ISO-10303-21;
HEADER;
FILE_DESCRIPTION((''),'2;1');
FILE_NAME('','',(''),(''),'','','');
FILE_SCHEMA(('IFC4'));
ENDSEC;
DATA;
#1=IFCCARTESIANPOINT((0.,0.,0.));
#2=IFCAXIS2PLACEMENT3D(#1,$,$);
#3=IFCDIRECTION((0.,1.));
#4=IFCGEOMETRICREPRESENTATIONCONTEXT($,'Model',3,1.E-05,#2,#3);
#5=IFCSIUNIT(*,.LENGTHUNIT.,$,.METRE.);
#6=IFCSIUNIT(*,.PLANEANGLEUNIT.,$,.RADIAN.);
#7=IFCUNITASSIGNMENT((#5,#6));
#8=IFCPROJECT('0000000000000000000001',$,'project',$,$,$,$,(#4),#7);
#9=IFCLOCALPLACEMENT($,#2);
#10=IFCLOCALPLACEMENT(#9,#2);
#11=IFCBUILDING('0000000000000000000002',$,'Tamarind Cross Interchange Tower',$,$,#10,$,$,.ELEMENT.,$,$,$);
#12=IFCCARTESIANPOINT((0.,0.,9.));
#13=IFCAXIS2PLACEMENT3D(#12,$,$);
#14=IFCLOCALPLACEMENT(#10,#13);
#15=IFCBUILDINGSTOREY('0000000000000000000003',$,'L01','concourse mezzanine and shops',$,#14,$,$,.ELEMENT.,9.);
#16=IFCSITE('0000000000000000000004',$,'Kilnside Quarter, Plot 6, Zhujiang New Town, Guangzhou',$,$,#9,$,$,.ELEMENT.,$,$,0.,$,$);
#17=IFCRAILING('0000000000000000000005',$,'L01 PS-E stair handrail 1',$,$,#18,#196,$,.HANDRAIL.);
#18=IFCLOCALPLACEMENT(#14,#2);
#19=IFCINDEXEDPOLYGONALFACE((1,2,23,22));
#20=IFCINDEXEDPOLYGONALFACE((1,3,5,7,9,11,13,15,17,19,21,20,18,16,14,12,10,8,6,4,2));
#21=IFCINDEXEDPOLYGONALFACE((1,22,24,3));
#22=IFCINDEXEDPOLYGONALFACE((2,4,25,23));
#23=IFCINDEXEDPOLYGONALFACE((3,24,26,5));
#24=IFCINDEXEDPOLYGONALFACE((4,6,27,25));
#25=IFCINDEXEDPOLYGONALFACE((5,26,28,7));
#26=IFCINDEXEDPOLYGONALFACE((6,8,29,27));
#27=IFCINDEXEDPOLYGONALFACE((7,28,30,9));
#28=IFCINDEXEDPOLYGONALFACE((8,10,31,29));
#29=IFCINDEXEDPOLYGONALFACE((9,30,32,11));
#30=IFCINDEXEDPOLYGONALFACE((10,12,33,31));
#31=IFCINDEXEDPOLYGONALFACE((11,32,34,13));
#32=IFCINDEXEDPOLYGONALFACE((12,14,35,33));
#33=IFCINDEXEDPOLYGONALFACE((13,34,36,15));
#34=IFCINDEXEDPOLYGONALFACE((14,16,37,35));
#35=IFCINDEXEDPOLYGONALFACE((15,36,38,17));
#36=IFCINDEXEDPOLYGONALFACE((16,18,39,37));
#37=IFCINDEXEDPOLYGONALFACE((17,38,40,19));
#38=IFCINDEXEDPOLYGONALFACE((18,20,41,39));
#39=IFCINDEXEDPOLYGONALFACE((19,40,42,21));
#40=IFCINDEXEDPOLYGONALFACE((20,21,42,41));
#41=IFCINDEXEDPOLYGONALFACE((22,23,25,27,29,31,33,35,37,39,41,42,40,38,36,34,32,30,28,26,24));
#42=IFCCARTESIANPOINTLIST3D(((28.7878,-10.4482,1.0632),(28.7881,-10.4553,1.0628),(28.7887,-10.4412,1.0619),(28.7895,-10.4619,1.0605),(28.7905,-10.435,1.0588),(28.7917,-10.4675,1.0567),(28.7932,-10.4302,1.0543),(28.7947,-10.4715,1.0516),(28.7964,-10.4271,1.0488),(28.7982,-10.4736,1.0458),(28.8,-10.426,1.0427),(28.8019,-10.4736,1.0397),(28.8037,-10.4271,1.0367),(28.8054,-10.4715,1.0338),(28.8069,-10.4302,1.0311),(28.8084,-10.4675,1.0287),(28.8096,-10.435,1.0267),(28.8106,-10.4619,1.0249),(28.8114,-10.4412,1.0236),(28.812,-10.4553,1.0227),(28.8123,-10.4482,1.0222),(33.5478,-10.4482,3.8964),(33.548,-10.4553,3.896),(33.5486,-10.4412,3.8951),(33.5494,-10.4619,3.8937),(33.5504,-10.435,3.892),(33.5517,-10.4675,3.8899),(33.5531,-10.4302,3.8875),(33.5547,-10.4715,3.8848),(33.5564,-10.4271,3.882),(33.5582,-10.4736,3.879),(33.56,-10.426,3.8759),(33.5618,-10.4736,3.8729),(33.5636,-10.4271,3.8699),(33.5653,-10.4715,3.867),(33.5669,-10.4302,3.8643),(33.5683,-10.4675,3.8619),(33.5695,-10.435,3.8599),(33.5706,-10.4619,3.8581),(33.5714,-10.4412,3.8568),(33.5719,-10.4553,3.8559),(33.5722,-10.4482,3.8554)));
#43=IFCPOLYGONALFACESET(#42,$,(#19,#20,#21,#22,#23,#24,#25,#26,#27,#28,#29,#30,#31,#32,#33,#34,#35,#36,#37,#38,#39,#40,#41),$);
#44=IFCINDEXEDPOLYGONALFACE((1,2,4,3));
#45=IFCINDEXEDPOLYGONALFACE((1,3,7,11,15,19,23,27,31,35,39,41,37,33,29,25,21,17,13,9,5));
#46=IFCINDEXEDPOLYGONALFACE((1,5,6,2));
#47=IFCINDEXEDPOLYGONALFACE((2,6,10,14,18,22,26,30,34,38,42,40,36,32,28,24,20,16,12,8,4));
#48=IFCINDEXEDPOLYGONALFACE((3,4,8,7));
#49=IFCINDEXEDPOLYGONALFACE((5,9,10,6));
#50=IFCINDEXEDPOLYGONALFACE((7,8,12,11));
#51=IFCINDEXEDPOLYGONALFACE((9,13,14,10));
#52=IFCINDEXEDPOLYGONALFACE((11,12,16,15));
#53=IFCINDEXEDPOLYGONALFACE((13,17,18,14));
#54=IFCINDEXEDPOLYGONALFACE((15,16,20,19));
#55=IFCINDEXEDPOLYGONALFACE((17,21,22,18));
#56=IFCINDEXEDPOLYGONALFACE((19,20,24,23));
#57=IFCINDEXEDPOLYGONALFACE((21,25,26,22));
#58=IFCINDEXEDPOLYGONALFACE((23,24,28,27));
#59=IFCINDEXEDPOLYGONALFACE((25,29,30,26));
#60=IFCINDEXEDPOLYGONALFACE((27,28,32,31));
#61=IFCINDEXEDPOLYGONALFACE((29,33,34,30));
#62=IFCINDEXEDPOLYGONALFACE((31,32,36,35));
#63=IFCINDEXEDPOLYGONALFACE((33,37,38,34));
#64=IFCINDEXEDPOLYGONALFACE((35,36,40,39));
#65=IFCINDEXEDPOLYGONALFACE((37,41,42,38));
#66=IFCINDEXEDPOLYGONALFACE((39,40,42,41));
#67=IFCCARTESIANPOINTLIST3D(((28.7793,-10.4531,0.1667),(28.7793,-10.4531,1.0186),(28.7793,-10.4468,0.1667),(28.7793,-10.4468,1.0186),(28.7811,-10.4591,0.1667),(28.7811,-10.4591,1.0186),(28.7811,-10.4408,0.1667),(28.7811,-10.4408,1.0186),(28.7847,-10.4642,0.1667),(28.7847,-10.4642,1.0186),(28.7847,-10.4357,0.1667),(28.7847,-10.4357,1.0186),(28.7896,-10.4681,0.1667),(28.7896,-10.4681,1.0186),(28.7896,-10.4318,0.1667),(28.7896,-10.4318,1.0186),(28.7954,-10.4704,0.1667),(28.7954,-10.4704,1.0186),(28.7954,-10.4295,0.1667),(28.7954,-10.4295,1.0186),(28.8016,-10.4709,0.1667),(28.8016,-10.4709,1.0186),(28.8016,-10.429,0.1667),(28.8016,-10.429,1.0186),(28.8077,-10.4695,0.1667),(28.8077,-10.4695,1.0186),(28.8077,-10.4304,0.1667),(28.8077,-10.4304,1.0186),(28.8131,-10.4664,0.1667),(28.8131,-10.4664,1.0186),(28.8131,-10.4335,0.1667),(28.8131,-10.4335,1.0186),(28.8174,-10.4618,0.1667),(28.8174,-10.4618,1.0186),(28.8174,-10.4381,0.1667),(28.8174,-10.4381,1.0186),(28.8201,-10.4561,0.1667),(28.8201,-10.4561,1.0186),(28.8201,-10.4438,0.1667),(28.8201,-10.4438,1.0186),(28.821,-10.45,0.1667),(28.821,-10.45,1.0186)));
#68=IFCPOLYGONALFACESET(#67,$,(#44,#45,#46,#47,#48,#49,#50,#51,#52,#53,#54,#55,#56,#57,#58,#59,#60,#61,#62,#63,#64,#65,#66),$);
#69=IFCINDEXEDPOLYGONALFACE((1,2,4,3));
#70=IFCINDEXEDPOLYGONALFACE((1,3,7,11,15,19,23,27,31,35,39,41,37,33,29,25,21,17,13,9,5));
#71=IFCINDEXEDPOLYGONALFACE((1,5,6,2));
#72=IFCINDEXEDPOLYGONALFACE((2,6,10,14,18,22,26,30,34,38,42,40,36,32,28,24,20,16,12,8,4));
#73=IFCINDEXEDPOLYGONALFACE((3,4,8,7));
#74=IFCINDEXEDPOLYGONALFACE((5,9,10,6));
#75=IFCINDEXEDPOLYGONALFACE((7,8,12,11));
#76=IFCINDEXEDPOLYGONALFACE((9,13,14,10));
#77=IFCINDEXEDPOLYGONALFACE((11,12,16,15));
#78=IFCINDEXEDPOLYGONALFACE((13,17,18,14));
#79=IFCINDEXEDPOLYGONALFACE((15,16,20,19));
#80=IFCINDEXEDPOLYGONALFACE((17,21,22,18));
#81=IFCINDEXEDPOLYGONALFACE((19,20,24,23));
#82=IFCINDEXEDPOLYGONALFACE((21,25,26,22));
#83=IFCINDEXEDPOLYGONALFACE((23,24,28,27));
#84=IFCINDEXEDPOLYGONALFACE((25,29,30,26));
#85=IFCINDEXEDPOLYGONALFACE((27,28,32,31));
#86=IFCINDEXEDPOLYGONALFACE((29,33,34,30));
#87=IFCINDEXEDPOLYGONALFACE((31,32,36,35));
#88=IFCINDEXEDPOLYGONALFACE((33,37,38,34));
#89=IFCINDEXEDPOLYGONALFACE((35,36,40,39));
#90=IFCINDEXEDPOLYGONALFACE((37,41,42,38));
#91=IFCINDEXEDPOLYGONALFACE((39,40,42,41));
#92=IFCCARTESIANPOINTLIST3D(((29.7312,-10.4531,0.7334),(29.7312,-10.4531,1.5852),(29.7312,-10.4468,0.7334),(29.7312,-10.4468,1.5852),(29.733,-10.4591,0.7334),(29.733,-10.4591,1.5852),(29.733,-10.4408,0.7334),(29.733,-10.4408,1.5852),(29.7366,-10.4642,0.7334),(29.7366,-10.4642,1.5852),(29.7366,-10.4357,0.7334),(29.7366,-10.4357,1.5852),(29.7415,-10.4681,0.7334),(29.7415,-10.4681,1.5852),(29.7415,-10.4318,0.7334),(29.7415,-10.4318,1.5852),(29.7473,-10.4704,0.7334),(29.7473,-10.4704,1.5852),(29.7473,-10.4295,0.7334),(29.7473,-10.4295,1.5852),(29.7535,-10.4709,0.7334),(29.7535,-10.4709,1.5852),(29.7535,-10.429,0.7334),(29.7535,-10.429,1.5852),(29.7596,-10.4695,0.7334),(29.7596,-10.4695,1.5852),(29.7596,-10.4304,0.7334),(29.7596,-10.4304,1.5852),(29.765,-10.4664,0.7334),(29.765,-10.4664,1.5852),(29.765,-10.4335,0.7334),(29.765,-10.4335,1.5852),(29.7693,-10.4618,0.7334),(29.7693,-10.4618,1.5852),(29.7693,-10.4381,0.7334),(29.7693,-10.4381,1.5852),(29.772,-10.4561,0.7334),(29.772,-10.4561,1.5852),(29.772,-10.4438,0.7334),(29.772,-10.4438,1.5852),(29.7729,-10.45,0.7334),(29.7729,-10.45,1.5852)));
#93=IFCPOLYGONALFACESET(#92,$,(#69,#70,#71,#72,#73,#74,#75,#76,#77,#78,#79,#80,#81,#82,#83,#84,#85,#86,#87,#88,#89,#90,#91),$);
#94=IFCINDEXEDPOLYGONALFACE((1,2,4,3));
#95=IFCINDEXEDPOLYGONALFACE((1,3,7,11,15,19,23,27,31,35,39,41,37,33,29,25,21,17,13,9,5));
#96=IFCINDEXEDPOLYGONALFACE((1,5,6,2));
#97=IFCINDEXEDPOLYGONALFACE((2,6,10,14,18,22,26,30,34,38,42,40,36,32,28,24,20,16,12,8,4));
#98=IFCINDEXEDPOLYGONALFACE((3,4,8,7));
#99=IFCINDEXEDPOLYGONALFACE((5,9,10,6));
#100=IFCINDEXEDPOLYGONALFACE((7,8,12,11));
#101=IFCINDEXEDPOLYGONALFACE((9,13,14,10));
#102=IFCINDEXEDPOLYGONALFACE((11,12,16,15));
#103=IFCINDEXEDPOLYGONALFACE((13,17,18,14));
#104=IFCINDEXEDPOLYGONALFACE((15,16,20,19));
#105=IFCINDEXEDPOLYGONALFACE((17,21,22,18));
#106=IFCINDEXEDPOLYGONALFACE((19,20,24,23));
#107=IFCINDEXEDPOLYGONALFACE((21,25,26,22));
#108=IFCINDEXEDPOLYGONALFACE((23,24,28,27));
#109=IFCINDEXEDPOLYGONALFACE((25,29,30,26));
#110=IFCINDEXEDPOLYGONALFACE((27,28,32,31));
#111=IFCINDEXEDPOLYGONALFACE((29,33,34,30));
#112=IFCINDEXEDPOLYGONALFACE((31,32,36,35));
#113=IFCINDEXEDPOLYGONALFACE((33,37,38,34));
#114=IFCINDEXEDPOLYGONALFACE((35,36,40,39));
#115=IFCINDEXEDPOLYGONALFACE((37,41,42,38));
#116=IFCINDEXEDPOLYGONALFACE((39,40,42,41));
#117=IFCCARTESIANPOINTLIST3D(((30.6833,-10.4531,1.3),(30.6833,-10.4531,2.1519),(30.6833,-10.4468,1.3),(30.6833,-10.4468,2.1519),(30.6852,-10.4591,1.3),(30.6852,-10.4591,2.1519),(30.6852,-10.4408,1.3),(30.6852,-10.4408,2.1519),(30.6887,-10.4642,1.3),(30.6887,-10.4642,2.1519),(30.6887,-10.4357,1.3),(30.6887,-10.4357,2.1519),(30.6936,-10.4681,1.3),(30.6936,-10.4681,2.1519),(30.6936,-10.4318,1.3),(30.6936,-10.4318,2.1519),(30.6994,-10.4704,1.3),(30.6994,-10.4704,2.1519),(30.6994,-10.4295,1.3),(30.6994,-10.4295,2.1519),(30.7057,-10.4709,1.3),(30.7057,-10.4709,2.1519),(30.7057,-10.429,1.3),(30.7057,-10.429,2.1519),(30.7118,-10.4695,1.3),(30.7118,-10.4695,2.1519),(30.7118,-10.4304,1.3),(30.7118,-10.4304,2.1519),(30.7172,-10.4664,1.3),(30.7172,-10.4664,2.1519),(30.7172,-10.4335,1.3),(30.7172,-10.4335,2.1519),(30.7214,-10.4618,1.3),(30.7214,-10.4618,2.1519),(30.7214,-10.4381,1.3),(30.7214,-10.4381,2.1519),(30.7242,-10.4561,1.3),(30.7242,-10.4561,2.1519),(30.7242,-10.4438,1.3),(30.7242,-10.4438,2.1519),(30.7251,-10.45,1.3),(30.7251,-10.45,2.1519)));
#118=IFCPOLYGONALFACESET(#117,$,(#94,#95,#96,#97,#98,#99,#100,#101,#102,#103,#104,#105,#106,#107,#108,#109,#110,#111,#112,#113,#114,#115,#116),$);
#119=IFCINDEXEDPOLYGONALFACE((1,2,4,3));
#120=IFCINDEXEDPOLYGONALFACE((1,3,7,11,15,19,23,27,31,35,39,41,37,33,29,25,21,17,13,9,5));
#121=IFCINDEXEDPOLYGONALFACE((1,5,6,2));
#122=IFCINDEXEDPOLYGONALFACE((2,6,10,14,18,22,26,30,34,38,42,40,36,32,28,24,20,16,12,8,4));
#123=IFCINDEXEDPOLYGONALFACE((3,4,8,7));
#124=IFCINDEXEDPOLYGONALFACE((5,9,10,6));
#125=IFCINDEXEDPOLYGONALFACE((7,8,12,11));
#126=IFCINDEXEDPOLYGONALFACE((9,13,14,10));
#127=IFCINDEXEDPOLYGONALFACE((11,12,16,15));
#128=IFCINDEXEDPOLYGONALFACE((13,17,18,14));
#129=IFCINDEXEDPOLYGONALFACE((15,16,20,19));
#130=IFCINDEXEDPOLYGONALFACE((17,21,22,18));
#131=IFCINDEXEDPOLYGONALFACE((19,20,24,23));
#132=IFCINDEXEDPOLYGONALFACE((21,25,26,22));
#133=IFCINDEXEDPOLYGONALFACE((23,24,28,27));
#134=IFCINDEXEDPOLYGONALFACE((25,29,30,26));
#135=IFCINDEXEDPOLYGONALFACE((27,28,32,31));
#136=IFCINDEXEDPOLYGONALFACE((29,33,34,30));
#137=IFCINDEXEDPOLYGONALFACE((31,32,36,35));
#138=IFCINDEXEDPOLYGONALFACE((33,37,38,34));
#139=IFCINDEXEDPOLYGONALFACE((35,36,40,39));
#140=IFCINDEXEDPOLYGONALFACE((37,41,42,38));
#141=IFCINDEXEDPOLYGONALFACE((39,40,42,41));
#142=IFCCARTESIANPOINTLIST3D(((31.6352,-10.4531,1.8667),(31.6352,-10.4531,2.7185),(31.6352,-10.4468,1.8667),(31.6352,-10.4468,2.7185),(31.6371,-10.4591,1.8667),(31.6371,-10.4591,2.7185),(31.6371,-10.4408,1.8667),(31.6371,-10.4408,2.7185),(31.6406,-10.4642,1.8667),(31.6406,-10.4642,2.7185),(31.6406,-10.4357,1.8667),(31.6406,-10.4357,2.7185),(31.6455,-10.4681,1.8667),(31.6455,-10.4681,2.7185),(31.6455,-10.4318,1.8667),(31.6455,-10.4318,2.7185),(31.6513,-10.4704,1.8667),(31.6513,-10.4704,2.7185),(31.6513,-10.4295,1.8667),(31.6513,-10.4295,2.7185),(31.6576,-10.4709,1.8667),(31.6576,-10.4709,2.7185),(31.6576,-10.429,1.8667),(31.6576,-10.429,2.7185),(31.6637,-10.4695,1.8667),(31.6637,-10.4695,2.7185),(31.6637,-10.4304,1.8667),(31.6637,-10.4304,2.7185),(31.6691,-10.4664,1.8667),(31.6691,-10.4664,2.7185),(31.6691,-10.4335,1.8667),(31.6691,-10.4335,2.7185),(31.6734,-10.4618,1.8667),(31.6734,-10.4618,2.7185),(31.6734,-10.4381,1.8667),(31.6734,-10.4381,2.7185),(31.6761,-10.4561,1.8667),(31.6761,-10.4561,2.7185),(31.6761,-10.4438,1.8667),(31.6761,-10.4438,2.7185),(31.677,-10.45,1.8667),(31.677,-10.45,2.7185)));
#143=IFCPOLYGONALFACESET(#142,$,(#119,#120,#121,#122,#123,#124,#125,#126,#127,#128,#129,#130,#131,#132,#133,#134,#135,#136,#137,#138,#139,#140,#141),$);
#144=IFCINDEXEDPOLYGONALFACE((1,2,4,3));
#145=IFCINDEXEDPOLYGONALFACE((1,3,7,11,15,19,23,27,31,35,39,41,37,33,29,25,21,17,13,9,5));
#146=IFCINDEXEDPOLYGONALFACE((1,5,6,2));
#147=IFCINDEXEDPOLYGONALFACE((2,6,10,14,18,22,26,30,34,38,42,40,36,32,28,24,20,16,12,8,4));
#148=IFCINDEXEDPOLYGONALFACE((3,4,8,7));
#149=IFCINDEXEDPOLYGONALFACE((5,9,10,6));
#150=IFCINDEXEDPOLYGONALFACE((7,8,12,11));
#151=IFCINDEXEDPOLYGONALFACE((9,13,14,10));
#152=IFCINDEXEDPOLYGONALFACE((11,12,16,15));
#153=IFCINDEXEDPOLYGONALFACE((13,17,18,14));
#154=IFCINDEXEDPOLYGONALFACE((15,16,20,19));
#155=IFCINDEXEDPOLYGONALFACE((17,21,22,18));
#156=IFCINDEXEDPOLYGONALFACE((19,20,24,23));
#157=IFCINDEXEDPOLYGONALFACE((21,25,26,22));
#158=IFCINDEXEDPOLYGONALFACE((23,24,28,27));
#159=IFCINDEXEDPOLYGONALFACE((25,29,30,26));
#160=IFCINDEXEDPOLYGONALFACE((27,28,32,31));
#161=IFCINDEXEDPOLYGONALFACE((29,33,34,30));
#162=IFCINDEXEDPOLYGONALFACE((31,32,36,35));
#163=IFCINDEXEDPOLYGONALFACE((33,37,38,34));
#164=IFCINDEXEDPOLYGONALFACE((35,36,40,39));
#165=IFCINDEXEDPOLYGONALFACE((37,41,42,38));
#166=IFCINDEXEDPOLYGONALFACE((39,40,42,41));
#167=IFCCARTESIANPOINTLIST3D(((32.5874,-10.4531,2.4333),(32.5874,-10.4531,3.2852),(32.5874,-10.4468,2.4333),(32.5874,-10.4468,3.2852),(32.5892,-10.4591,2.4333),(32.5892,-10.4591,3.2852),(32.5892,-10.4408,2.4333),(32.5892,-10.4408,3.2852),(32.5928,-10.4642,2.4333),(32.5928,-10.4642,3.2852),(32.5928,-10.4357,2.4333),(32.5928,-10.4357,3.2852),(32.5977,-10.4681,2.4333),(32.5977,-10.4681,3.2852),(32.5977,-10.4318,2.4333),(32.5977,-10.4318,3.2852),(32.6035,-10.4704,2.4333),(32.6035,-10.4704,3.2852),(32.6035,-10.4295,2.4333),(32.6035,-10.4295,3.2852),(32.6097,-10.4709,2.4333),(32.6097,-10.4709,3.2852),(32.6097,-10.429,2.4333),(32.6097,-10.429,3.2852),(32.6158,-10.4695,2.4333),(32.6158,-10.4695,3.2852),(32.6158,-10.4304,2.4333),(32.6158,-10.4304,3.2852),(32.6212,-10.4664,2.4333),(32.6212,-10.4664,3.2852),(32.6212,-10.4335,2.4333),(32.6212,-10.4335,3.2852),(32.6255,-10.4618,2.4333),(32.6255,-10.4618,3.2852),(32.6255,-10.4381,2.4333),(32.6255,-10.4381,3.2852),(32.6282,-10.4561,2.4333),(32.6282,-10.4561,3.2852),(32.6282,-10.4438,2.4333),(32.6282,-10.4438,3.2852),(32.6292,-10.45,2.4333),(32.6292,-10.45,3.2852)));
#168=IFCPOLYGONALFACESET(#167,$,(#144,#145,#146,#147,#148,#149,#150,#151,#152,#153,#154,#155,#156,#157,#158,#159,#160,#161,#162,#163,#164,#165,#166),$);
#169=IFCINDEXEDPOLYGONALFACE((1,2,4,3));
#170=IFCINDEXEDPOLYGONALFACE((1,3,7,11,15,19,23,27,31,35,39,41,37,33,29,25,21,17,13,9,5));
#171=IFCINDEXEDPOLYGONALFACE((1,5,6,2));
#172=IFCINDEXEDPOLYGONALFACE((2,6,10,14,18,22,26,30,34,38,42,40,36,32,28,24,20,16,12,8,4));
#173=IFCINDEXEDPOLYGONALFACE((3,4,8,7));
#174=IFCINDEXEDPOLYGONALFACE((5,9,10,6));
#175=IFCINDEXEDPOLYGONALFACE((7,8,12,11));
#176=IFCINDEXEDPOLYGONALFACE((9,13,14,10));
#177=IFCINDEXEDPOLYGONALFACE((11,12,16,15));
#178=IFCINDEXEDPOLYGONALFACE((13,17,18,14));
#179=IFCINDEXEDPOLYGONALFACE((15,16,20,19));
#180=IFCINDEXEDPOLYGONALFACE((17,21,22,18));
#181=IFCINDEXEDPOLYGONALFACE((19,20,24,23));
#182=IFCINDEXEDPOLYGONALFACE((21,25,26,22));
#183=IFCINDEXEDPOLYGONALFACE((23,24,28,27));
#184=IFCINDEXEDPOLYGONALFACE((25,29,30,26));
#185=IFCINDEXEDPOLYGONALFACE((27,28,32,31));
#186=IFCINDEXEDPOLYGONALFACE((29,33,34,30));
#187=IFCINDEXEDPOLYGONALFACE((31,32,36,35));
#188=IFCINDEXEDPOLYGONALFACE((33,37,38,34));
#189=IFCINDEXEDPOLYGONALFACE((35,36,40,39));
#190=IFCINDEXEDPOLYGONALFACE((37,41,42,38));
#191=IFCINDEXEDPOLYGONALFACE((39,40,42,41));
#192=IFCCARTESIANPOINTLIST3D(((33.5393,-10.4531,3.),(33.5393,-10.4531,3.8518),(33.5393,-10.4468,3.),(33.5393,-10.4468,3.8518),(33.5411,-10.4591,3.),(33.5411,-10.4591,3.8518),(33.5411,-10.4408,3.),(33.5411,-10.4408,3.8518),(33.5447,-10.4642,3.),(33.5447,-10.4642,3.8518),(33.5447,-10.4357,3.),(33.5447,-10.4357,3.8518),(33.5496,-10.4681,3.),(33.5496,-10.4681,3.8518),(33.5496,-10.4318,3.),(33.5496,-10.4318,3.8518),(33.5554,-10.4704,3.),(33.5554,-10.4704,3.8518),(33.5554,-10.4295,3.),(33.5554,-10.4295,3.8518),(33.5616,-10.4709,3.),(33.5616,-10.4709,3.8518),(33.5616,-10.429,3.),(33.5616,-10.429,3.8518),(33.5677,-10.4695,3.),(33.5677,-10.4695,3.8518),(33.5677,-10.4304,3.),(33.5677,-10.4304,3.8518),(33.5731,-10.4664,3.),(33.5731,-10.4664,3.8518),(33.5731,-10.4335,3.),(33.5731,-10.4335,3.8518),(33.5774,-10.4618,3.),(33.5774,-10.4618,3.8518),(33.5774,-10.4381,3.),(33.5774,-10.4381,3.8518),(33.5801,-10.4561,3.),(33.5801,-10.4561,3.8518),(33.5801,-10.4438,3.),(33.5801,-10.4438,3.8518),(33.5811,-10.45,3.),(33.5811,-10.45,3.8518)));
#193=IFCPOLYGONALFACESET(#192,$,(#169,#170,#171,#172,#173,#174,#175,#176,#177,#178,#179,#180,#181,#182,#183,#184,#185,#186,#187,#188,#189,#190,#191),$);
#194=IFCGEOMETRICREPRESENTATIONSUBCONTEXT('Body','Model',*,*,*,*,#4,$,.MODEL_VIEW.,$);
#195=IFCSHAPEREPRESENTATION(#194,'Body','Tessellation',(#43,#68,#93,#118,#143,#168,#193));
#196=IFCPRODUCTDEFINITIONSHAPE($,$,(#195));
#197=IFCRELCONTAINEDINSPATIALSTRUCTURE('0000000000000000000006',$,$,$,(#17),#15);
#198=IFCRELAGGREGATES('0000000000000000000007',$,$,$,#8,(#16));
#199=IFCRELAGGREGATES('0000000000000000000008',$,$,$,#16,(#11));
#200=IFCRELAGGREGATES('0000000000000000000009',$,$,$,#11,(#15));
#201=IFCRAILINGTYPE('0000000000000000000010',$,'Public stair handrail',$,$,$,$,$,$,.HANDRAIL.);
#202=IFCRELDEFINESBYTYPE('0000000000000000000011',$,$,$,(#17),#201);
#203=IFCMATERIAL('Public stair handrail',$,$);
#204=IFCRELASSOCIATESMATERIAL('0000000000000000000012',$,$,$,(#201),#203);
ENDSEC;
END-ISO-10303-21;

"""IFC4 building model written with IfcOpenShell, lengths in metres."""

from ifc_helpers import new_model, si_unit, direction, frame, origin, origin_2d, place, context, subcontext, project, spatial, circle, extrude, material, type_object, element, save


model = new_model("IFC4")

# Units and contexts
model_context = context("Model", 3, precision=1e-05, world=origin(), true_north=direction((0.0, 1.0)))
body_context = subcontext(model_context, "Body", "Model", "MODEL_VIEW")
ifc_project = project(units=[si_unit("LENGTHUNIT", "METRE"), si_unit("PLANEANGLEUNIT", "RADIAN")], contexts=[model_context])

# Site, building, storey
site_placement = place(None, origin())
site = spatial("IfcSite", under=ifc_project, at=site_placement, Name="Kilnside Quarter, Plot 6, Zhujiang New Town, Guangzhou", CompositionType="ELEMENT", RefElevation=0.0)
building_placement = place(site_placement, origin())
building = spatial("IfcBuilding", under=site, at=building_placement, Name="Tamarind Cross Interchange Tower", CompositionType="ELEMENT")
storey_placement = place(building_placement, frame((0.0, 0.0, 9.0)))
storey = spatial("IfcBuildingStorey", under=building, at=storey_placement, Name="L01", Description="concourse mezzanine and shops", CompositionType="ELEMENT", Elevation=9.0)

# Railing
ifc_material_1 = material(Name="Public stair handrail")
railing_type_1 = type_object("IfcRailingType", Name="Public stair handrail", PredefinedType="HANDRAIL", material=ifc_material_1)
railing_1_placement = place(storey_placement, frame((28.8, -10.45, 0.1667)))
element("IfcRailing", 1, at=railing_1_placement, inside=storey, type_object=railing_type_1, Name="L01 PS-E stair handrail 1", PredefinedType="HANDRAIL", context=body_context, shape_type="SweptSolid", body=[
    extrude(circle(Radius=0.0239, at=origin_2d()), frame((0.0, 0.0, 0.876), z_axis=(0.8593, 0.0, 0.511472), x_axis=(0.0, 1.0, 0.0)), (0.0, 0.0, 1.0), 5.5393),
    extrude(circle(Radius=0.021, at=origin_2d()), origin(), (0.0, 0.0, 1.0), 0.8518),
    extrude(circle(Radius=0.021, at=origin_2d()), frame((0.9519, 0.0, 0.5667)), (0.0, 0.0, 1.0), 0.8518),
    extrude(circle(Radius=0.021, at=origin_2d()), frame((1.9041, 0.0, 1.1333)), (0.0, 0.0, 1.0), 0.8518),
    extrude(circle(Radius=0.021, at=origin_2d()), frame((2.856, 0.0, 1.7)), (0.0, 0.0, 1.0), 0.8518),
    extrude(circle(Radius=0.021, at=origin_2d()), frame((3.8081, 0.0, 2.2666)), (0.0, 0.0, 1.0), 0.8518),
    extrude(circle(Radius=0.021, at=origin_2d()), frame((4.76, 0.0, 2.8333)), (0.0, 0.0, 1.0), 0.8518),
])

save(model, "model.ifc")
